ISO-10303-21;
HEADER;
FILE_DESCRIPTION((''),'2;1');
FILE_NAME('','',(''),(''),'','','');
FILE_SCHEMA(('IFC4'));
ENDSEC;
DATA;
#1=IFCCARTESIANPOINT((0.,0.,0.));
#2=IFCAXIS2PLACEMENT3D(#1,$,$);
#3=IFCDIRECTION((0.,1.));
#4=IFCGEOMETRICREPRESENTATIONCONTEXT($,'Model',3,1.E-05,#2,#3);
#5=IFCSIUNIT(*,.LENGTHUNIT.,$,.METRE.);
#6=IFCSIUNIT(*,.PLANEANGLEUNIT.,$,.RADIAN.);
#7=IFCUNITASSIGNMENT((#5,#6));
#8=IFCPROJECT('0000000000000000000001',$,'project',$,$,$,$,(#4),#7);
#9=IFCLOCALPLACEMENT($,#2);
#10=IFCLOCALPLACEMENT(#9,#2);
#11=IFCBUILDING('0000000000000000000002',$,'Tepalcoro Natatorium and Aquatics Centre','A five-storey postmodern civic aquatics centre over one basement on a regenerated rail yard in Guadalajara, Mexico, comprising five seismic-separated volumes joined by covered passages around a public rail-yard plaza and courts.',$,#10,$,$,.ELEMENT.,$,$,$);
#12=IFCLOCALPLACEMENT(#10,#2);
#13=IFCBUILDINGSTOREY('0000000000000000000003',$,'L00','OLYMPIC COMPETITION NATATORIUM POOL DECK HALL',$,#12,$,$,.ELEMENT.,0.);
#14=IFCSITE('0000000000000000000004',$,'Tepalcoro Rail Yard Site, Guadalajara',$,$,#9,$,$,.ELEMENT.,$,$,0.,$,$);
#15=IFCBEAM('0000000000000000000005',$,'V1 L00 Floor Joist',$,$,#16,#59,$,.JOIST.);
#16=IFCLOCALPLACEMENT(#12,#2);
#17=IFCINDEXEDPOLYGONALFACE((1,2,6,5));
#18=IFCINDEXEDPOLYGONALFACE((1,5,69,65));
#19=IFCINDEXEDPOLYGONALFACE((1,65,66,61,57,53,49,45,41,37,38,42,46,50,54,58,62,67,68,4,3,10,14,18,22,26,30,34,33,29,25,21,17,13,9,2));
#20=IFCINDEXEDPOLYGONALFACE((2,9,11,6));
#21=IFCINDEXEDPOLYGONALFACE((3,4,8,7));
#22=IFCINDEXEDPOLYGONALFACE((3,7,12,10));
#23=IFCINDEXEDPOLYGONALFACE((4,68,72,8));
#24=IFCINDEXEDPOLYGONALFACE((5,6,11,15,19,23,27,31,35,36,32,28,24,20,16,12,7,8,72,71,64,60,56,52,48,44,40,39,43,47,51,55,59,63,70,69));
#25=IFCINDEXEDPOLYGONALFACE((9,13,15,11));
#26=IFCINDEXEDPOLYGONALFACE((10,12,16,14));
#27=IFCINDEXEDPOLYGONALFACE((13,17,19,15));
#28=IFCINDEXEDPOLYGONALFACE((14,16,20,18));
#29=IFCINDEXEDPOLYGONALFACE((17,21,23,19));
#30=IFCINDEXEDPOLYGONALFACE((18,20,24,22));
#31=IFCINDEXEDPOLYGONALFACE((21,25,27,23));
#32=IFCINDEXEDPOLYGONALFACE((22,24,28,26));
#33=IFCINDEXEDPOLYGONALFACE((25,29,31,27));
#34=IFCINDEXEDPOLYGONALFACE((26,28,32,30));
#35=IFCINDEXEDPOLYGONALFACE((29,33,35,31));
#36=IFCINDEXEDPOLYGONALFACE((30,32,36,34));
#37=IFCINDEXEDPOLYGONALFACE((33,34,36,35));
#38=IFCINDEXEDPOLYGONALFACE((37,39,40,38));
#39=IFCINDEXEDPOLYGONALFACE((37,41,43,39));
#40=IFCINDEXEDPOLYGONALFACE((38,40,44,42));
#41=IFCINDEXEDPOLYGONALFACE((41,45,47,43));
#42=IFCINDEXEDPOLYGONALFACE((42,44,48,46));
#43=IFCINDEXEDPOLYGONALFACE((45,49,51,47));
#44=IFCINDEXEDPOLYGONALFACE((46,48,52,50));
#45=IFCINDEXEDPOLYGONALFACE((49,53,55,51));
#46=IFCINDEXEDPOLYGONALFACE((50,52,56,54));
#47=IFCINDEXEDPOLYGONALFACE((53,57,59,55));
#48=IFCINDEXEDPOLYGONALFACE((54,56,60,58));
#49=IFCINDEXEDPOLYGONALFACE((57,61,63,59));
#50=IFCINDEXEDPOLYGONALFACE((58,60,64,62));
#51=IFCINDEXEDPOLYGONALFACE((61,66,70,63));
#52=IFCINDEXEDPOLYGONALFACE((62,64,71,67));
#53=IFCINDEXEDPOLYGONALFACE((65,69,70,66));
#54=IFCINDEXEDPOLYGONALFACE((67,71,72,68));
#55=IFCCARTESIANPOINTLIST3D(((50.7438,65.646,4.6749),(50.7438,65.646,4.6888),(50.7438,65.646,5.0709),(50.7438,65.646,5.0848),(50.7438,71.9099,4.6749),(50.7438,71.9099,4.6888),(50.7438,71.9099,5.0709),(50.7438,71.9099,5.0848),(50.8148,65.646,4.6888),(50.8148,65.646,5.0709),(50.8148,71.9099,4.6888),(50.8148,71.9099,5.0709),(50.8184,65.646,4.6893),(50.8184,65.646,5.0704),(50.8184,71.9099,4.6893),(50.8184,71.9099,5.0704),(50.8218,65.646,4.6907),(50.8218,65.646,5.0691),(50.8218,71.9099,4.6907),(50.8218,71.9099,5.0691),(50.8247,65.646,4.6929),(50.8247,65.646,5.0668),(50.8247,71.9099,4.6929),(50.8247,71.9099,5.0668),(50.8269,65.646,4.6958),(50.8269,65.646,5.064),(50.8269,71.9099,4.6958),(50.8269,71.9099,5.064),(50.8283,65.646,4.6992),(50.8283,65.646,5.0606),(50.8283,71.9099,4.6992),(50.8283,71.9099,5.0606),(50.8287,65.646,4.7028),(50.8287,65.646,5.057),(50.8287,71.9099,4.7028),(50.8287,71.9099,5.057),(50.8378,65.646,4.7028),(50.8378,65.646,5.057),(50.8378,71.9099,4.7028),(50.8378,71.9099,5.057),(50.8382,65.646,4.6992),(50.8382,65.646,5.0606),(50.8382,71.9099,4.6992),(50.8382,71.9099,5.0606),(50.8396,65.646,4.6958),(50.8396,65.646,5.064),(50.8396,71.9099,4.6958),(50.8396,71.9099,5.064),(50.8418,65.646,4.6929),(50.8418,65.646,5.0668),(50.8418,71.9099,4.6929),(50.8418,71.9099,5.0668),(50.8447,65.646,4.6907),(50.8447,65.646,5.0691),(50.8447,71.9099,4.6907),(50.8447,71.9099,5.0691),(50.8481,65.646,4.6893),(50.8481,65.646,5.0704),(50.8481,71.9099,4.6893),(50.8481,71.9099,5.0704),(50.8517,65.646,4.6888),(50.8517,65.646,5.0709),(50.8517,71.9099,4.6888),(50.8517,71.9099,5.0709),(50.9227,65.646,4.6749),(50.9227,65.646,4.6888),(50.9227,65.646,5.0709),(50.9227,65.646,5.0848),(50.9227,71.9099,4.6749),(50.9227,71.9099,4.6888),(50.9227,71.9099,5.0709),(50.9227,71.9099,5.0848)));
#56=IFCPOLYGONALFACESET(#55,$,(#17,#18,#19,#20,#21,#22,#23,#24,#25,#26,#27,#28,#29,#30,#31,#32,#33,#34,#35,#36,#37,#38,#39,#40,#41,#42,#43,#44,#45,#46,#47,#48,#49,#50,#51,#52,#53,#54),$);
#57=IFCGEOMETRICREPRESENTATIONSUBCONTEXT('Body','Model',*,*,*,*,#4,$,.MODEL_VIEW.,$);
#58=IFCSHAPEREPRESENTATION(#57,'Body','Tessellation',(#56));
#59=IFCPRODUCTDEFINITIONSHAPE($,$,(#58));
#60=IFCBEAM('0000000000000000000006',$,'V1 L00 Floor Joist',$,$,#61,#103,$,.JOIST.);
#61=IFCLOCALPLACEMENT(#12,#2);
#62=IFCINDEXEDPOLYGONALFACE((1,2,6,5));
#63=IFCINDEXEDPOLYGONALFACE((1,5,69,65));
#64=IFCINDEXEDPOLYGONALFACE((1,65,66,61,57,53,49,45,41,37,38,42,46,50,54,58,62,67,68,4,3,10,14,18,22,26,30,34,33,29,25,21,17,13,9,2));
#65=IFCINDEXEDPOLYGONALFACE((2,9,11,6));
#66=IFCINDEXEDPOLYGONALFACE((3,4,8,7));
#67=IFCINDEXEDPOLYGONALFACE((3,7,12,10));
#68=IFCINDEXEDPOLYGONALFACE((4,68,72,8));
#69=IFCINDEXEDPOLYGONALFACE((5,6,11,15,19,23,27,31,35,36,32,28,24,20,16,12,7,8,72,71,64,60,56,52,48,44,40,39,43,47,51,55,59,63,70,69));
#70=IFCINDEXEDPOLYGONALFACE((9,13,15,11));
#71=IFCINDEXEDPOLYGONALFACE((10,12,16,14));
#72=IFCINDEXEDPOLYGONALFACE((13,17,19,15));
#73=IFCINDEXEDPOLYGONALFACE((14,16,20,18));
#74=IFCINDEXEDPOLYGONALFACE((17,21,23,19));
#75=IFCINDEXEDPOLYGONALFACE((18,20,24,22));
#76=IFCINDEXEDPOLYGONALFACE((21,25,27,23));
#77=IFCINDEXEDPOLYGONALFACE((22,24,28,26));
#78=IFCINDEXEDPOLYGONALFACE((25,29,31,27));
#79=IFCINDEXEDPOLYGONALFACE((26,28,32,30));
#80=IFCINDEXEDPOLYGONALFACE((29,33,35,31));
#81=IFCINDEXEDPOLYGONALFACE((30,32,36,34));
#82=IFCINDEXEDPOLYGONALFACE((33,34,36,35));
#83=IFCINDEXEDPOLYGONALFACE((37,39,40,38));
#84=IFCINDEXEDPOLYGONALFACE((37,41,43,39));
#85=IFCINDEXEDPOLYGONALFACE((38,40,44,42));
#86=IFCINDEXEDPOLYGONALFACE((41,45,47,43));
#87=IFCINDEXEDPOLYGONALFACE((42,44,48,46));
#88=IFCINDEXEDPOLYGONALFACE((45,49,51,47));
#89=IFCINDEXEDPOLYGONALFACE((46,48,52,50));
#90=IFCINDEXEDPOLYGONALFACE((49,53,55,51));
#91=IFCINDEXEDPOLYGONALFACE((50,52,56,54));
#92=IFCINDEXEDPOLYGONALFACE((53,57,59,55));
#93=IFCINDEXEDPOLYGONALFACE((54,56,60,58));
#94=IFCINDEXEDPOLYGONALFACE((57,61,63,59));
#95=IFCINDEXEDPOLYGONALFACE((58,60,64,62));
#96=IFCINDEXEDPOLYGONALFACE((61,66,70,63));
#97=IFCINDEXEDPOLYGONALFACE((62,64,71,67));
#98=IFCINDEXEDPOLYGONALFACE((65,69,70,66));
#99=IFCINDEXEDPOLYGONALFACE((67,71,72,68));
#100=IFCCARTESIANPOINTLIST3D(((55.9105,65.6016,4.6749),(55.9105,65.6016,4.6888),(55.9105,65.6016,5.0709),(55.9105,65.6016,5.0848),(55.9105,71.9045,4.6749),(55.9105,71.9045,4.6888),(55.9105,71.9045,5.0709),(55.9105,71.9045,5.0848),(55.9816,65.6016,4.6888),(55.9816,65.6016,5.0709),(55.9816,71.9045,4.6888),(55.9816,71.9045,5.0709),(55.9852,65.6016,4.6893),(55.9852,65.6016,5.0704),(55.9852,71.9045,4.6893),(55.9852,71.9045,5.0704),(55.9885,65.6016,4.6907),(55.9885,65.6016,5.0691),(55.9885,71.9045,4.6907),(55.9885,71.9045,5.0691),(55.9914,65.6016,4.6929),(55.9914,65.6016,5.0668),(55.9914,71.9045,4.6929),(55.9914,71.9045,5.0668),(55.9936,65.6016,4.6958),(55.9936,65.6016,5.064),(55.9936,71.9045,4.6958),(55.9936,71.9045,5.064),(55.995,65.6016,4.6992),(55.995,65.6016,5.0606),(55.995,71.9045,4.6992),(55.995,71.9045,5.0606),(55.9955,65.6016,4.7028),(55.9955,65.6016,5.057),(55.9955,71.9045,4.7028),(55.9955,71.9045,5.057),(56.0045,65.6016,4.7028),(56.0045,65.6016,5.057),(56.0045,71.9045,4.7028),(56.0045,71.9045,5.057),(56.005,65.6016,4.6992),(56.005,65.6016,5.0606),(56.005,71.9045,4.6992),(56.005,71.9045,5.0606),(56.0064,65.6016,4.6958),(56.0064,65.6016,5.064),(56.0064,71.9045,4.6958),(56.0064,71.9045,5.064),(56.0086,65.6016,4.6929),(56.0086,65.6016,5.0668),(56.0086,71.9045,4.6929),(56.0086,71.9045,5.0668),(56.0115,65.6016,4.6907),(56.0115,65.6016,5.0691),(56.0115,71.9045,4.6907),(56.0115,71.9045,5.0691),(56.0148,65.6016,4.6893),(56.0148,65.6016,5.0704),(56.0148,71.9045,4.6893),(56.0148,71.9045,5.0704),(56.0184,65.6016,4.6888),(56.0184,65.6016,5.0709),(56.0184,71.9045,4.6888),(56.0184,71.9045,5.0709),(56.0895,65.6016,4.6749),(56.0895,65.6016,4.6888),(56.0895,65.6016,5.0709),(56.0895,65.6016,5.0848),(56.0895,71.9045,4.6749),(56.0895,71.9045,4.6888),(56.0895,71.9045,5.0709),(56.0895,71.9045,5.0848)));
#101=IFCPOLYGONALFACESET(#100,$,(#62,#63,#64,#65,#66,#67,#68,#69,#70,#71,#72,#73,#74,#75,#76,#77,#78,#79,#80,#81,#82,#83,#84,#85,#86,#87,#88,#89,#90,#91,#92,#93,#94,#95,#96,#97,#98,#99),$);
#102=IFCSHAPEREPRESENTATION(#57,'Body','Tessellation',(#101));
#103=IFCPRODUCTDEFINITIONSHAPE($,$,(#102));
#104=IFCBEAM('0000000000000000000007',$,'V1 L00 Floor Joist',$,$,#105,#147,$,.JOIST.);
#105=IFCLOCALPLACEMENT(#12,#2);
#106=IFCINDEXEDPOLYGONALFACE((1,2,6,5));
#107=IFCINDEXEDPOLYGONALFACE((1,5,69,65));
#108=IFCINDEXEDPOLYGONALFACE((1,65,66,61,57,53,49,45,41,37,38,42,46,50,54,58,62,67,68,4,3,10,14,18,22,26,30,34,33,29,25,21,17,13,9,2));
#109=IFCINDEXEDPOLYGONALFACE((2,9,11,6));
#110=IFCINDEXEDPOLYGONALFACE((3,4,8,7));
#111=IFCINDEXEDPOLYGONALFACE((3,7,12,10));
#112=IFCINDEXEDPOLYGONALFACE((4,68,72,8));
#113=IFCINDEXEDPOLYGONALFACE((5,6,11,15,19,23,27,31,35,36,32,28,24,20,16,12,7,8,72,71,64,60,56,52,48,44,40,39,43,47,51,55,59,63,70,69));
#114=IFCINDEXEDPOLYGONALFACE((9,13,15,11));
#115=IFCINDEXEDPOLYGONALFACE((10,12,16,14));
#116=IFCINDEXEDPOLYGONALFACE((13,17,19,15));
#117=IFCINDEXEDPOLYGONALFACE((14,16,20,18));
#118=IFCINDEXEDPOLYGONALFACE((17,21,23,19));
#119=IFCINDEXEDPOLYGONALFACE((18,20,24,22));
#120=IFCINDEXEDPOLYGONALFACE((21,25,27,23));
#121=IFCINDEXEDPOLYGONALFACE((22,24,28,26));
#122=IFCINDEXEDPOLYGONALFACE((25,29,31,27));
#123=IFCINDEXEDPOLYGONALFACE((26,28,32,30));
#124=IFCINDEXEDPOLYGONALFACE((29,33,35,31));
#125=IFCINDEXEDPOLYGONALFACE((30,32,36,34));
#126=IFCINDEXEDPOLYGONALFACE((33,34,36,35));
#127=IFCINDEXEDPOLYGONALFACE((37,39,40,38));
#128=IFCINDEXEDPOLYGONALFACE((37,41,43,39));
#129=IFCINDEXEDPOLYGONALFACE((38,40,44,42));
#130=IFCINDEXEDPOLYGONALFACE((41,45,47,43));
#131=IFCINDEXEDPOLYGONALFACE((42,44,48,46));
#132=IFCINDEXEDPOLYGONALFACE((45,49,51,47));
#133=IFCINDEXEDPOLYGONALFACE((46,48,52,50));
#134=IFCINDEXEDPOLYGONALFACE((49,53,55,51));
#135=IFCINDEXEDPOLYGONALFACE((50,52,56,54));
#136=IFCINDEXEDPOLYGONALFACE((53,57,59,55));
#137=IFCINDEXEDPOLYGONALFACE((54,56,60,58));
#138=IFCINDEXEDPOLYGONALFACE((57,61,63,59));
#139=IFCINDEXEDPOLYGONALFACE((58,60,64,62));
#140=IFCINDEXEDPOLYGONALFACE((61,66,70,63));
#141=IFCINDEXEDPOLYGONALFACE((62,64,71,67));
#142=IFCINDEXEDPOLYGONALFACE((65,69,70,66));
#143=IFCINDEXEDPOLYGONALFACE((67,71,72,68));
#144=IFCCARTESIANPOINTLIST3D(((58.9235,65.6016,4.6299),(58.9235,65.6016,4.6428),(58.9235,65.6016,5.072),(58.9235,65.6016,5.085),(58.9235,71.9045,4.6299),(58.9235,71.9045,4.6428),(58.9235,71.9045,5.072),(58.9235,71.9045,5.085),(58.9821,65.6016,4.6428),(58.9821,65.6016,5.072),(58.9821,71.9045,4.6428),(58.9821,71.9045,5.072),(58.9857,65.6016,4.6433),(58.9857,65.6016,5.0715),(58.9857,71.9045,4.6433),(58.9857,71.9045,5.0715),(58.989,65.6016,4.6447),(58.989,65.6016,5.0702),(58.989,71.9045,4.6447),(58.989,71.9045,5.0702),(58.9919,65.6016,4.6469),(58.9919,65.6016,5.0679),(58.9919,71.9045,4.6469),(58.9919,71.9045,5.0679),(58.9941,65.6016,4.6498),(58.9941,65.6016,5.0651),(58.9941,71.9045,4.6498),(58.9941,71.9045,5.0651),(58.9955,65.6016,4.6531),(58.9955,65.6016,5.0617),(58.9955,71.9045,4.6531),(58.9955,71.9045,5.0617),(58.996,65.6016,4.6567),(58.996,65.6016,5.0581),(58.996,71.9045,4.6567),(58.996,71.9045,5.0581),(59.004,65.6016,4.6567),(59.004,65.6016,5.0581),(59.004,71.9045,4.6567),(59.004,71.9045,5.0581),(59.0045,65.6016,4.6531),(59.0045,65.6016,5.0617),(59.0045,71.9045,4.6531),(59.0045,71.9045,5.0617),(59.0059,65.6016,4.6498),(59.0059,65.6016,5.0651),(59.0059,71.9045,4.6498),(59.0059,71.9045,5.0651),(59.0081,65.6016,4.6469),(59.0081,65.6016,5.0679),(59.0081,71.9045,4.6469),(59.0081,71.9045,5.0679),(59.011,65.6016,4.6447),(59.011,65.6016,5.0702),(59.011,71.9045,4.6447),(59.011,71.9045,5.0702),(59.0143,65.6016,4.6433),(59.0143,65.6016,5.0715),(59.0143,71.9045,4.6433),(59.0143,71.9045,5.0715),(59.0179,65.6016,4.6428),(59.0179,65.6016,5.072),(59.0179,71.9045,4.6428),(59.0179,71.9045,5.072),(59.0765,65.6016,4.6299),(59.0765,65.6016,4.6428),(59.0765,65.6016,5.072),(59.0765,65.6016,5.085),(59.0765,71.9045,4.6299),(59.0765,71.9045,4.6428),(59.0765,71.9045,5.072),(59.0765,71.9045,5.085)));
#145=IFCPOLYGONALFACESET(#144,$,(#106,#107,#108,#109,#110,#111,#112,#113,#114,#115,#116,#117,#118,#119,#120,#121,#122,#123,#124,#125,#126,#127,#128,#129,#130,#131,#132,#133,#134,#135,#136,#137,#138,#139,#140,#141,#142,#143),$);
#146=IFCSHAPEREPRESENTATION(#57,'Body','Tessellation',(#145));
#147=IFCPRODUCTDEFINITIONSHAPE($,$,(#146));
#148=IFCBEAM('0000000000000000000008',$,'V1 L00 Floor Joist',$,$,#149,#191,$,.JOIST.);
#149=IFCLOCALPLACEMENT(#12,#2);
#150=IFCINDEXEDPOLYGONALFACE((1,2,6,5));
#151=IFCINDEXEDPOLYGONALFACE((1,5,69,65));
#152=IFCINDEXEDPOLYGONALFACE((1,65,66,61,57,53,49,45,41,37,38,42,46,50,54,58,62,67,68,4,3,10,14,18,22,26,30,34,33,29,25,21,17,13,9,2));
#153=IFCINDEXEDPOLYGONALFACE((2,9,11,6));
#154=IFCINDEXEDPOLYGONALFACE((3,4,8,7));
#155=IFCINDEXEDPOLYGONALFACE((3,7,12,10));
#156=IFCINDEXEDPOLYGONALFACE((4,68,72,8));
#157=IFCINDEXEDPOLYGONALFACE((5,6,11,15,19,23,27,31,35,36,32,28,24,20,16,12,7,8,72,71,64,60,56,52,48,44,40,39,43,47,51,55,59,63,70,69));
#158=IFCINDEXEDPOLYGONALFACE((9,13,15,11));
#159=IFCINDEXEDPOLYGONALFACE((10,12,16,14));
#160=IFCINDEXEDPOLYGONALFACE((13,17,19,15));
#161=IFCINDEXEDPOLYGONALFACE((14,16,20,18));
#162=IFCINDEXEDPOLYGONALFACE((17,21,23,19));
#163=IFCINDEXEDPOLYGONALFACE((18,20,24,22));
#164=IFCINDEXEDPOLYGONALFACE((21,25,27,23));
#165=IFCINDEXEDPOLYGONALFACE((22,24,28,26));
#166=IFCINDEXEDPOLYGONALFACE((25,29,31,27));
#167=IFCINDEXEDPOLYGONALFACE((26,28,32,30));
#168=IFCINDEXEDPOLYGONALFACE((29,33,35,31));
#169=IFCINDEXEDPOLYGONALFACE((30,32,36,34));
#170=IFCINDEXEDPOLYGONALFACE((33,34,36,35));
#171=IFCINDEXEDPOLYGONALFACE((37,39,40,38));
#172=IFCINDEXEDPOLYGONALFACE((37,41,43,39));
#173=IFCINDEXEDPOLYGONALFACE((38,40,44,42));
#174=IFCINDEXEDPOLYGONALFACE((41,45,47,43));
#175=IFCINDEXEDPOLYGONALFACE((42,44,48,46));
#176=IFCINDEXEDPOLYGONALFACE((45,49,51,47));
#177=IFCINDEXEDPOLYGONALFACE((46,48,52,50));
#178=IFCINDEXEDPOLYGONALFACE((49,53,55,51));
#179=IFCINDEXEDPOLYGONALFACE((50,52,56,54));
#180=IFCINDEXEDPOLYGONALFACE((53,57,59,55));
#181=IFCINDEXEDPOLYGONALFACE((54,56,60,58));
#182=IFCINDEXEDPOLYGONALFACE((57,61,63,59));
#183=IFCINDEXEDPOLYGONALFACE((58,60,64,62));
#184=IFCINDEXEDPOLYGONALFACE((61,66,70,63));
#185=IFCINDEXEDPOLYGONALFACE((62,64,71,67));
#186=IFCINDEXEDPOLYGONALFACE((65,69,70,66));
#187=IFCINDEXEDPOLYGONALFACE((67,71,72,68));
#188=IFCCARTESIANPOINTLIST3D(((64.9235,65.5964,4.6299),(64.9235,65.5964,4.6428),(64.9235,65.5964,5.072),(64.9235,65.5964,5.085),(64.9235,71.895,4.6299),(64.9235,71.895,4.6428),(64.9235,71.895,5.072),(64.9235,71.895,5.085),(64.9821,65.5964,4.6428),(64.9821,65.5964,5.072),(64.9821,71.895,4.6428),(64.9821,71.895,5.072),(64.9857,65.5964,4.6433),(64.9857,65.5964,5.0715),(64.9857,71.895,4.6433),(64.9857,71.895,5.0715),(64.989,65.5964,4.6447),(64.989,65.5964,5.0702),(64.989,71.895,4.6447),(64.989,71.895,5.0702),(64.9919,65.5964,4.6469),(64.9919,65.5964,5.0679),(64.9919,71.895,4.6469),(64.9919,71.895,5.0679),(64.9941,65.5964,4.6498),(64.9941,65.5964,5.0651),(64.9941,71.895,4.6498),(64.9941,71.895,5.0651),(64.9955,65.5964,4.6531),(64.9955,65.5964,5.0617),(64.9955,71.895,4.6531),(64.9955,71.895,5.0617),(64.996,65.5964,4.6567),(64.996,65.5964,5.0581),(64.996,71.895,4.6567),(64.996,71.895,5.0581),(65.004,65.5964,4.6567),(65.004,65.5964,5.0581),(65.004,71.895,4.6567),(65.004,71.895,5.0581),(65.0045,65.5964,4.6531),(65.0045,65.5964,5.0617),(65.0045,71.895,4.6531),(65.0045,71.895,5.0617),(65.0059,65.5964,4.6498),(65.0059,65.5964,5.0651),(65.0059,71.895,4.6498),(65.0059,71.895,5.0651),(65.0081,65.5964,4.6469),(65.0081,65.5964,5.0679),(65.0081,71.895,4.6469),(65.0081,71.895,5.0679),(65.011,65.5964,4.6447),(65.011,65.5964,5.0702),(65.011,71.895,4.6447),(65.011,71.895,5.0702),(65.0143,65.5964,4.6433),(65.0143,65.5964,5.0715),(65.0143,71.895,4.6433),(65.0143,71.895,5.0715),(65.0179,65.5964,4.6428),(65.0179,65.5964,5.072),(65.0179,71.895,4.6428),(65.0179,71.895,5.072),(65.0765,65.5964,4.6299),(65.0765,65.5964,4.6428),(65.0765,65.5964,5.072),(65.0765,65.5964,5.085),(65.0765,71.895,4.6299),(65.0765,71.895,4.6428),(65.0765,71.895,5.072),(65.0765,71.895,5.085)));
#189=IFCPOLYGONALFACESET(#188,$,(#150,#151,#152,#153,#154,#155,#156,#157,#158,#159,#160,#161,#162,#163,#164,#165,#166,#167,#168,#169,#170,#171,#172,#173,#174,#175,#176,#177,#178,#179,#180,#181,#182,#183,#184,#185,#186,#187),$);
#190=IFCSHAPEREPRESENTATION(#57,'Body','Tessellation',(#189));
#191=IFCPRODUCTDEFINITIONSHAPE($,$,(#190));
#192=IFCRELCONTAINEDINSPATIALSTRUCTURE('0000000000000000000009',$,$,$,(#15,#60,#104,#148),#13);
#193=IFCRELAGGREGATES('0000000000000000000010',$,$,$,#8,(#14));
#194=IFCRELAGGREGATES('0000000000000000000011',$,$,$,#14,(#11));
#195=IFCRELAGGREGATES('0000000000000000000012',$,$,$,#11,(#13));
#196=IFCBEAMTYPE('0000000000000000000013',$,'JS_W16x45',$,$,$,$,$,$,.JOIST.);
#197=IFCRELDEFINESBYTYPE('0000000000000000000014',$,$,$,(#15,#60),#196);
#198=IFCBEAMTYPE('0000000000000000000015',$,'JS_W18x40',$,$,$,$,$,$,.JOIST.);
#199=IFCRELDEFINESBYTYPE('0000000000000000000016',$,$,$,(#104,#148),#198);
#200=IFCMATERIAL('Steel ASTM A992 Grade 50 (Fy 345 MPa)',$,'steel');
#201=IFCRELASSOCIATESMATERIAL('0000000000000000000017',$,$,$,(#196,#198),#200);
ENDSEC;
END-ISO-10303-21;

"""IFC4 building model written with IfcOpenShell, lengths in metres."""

from ifc_helpers import new_model, si_unit, direction, frame, origin, origin_2d, place, context, subcontext, project, spatial, i_section, extrude, material, material_profile, profile_set, type_object, element, save


model = new_model("IFC4")

# Units and contexts
model_context = context("Model", 3, precision=1e-05, world=origin(), true_north=direction((0.0, 1.0)))
body_context = subcontext(model_context, "Body", "Model", "MODEL_VIEW")
ifc_project = project(units=[si_unit("LENGTHUNIT", "METRE"), si_unit("PLANEANGLEUNIT", "RADIAN")], contexts=[model_context])

# Site, building, storey
site_placement = place(None, origin())
site = spatial("IfcSite", under=ifc_project, at=site_placement, Name="Tepalcoro Rail Yard Site, Guadalajara", CompositionType="ELEMENT", RefElevation=0.0)
building_placement = place(site_placement, origin())
building = spatial("IfcBuilding", under=site, at=building_placement, Name="Tepalcoro Natatorium and Aquatics Centre", Description="A five-storey postmodern civic aquatics centre over one basement on a regenerated rail yard in Guadalajara, Mexico, comprising five seismic-separated volumes joined by covered passages around a public rail-yard plaza and courts.", CompositionType="ELEMENT")
storey_placement = place(building_placement, origin())
storey = spatial("IfcBuildingStorey", under=building, at=storey_placement, Name="L00", Description="OLYMPIC COMPETITION NATATORIUM POOL DECK HALL", CompositionType="ELEMENT", Elevation=0.0)

# Shared definitions
ifc_material_1 = material(Name="Steel ASTM A992 Grade 50 (Fy 345 MPa)", Category="steel")

# Beams
ifc_material_profile_1 = material_profile(ifc_material_1, i_section(OverallWidth=0.179, OverallDepth=0.4099, WebThickness=0.009, FlangeThickness=0.0139, FilletRadius=0.0139, at=origin_2d()), Name="W16X45")
ifc_profile_set_1 = profile_set([ifc_material_profile_1], Name="Steel ASTM A992 Grade 50 (Fy 345 MPa)")
beam_type_1 = type_object("IfcBeamType", Name="JS_W16x45", PredefinedType="JOIST", material=ifc_profile_set_1)
beam_1_placement = place(storey_placement, frame((50.8333, 65.646, 4.8799), z_axis=(0.0, 1.0, 0.0), x_axis=(-1.0, 0.0, 0.0)))
element("IfcBeam", 1, at=beam_1_placement, inside=storey, type_object=beam_type_1, Name="V1 L00 Floor Joist", PredefinedType="JOIST", context=body_context, shape_type="SweptSolid", body=[
    extrude(i_section(OverallWidth=0.179, OverallDepth=0.4099, WebThickness=0.009, FlangeThickness=0.0139, FilletRadius=0.0139, at=origin_2d()), origin(), (0.0, 0.0, 1.0), 6.2639),
])
beam_2_placement = place(storey_placement, frame((56.0, 65.6016, 4.8799), z_axis=(0.0, 1.0, 0.0), x_axis=(-1.0, 0.0, 0.0)))
element("IfcBeam", 2, at=beam_2_placement, inside=storey, type_object=beam_type_1, Name="V1 L00 Floor Joist", PredefinedType="JOIST", context=body_context, shape_type="SweptSolid", body=[
    extrude(i_section(OverallWidth=0.179, OverallDepth=0.4099, WebThickness=0.009, FlangeThickness=0.0139, FilletRadius=0.0139, at=origin_2d()), origin(), (0.0, 0.0, 1.0), 6.303),
])
ifc_material_profile_2 = material_profile(ifc_material_1, i_section(OverallWidth=0.1531, OverallDepth=0.4551, WebThickness=0.0081, FlangeThickness=0.0129, FilletRadius=0.0139, at=origin_2d()), Name="W18X40")
ifc_profile_set_2 = profile_set([ifc_material_profile_2], Name="Steel ASTM A992 Grade 50 (Fy 345 MPa)")
beam_type_2 = type_object("IfcBeamType", Name="JS_W18x40", PredefinedType="JOIST", material=ifc_profile_set_2)
beam_3_placement = place(storey_placement, frame((59.0, 65.6016, 4.8574), z_axis=(0.0, 1.0, 0.0), x_axis=(-1.0, 0.0, 0.0)))
element("IfcBeam", 3, at=beam_3_placement, inside=storey, type_object=beam_type_2, Name="V1 L00 Floor Joist", PredefinedType="JOIST", context=body_context, shape_type="SweptSolid", body=[
    extrude(i_section(OverallWidth=0.1531, OverallDepth=0.4551, WebThickness=0.0081, FlangeThickness=0.0129, FilletRadius=0.0139, at=origin_2d()), origin(), (0.0, 0.0, 1.0), 6.303),
])
beam_4_placement = place(storey_placement, frame((65.0, 65.5964, 4.8574), z_axis=(0.0, 1.0, 0.0), x_axis=(-1.0, 0.0, 0.0)))
element("IfcBeam", 4, at=beam_4_placement, inside=storey, type_object=beam_type_2, Name="V1 L00 Floor Joist", PredefinedType="JOIST", context=body_context, shape_type="SweptSolid", body=[
    extrude(i_section(OverallWidth=0.1531, OverallDepth=0.4551, WebThickness=0.0081, FlangeThickness=0.0129, FilletRadius=0.0139, at=origin_2d()), origin(), (0.0, 0.0, 1.0), 6.2986),
])

save(model, "model.ifc")
